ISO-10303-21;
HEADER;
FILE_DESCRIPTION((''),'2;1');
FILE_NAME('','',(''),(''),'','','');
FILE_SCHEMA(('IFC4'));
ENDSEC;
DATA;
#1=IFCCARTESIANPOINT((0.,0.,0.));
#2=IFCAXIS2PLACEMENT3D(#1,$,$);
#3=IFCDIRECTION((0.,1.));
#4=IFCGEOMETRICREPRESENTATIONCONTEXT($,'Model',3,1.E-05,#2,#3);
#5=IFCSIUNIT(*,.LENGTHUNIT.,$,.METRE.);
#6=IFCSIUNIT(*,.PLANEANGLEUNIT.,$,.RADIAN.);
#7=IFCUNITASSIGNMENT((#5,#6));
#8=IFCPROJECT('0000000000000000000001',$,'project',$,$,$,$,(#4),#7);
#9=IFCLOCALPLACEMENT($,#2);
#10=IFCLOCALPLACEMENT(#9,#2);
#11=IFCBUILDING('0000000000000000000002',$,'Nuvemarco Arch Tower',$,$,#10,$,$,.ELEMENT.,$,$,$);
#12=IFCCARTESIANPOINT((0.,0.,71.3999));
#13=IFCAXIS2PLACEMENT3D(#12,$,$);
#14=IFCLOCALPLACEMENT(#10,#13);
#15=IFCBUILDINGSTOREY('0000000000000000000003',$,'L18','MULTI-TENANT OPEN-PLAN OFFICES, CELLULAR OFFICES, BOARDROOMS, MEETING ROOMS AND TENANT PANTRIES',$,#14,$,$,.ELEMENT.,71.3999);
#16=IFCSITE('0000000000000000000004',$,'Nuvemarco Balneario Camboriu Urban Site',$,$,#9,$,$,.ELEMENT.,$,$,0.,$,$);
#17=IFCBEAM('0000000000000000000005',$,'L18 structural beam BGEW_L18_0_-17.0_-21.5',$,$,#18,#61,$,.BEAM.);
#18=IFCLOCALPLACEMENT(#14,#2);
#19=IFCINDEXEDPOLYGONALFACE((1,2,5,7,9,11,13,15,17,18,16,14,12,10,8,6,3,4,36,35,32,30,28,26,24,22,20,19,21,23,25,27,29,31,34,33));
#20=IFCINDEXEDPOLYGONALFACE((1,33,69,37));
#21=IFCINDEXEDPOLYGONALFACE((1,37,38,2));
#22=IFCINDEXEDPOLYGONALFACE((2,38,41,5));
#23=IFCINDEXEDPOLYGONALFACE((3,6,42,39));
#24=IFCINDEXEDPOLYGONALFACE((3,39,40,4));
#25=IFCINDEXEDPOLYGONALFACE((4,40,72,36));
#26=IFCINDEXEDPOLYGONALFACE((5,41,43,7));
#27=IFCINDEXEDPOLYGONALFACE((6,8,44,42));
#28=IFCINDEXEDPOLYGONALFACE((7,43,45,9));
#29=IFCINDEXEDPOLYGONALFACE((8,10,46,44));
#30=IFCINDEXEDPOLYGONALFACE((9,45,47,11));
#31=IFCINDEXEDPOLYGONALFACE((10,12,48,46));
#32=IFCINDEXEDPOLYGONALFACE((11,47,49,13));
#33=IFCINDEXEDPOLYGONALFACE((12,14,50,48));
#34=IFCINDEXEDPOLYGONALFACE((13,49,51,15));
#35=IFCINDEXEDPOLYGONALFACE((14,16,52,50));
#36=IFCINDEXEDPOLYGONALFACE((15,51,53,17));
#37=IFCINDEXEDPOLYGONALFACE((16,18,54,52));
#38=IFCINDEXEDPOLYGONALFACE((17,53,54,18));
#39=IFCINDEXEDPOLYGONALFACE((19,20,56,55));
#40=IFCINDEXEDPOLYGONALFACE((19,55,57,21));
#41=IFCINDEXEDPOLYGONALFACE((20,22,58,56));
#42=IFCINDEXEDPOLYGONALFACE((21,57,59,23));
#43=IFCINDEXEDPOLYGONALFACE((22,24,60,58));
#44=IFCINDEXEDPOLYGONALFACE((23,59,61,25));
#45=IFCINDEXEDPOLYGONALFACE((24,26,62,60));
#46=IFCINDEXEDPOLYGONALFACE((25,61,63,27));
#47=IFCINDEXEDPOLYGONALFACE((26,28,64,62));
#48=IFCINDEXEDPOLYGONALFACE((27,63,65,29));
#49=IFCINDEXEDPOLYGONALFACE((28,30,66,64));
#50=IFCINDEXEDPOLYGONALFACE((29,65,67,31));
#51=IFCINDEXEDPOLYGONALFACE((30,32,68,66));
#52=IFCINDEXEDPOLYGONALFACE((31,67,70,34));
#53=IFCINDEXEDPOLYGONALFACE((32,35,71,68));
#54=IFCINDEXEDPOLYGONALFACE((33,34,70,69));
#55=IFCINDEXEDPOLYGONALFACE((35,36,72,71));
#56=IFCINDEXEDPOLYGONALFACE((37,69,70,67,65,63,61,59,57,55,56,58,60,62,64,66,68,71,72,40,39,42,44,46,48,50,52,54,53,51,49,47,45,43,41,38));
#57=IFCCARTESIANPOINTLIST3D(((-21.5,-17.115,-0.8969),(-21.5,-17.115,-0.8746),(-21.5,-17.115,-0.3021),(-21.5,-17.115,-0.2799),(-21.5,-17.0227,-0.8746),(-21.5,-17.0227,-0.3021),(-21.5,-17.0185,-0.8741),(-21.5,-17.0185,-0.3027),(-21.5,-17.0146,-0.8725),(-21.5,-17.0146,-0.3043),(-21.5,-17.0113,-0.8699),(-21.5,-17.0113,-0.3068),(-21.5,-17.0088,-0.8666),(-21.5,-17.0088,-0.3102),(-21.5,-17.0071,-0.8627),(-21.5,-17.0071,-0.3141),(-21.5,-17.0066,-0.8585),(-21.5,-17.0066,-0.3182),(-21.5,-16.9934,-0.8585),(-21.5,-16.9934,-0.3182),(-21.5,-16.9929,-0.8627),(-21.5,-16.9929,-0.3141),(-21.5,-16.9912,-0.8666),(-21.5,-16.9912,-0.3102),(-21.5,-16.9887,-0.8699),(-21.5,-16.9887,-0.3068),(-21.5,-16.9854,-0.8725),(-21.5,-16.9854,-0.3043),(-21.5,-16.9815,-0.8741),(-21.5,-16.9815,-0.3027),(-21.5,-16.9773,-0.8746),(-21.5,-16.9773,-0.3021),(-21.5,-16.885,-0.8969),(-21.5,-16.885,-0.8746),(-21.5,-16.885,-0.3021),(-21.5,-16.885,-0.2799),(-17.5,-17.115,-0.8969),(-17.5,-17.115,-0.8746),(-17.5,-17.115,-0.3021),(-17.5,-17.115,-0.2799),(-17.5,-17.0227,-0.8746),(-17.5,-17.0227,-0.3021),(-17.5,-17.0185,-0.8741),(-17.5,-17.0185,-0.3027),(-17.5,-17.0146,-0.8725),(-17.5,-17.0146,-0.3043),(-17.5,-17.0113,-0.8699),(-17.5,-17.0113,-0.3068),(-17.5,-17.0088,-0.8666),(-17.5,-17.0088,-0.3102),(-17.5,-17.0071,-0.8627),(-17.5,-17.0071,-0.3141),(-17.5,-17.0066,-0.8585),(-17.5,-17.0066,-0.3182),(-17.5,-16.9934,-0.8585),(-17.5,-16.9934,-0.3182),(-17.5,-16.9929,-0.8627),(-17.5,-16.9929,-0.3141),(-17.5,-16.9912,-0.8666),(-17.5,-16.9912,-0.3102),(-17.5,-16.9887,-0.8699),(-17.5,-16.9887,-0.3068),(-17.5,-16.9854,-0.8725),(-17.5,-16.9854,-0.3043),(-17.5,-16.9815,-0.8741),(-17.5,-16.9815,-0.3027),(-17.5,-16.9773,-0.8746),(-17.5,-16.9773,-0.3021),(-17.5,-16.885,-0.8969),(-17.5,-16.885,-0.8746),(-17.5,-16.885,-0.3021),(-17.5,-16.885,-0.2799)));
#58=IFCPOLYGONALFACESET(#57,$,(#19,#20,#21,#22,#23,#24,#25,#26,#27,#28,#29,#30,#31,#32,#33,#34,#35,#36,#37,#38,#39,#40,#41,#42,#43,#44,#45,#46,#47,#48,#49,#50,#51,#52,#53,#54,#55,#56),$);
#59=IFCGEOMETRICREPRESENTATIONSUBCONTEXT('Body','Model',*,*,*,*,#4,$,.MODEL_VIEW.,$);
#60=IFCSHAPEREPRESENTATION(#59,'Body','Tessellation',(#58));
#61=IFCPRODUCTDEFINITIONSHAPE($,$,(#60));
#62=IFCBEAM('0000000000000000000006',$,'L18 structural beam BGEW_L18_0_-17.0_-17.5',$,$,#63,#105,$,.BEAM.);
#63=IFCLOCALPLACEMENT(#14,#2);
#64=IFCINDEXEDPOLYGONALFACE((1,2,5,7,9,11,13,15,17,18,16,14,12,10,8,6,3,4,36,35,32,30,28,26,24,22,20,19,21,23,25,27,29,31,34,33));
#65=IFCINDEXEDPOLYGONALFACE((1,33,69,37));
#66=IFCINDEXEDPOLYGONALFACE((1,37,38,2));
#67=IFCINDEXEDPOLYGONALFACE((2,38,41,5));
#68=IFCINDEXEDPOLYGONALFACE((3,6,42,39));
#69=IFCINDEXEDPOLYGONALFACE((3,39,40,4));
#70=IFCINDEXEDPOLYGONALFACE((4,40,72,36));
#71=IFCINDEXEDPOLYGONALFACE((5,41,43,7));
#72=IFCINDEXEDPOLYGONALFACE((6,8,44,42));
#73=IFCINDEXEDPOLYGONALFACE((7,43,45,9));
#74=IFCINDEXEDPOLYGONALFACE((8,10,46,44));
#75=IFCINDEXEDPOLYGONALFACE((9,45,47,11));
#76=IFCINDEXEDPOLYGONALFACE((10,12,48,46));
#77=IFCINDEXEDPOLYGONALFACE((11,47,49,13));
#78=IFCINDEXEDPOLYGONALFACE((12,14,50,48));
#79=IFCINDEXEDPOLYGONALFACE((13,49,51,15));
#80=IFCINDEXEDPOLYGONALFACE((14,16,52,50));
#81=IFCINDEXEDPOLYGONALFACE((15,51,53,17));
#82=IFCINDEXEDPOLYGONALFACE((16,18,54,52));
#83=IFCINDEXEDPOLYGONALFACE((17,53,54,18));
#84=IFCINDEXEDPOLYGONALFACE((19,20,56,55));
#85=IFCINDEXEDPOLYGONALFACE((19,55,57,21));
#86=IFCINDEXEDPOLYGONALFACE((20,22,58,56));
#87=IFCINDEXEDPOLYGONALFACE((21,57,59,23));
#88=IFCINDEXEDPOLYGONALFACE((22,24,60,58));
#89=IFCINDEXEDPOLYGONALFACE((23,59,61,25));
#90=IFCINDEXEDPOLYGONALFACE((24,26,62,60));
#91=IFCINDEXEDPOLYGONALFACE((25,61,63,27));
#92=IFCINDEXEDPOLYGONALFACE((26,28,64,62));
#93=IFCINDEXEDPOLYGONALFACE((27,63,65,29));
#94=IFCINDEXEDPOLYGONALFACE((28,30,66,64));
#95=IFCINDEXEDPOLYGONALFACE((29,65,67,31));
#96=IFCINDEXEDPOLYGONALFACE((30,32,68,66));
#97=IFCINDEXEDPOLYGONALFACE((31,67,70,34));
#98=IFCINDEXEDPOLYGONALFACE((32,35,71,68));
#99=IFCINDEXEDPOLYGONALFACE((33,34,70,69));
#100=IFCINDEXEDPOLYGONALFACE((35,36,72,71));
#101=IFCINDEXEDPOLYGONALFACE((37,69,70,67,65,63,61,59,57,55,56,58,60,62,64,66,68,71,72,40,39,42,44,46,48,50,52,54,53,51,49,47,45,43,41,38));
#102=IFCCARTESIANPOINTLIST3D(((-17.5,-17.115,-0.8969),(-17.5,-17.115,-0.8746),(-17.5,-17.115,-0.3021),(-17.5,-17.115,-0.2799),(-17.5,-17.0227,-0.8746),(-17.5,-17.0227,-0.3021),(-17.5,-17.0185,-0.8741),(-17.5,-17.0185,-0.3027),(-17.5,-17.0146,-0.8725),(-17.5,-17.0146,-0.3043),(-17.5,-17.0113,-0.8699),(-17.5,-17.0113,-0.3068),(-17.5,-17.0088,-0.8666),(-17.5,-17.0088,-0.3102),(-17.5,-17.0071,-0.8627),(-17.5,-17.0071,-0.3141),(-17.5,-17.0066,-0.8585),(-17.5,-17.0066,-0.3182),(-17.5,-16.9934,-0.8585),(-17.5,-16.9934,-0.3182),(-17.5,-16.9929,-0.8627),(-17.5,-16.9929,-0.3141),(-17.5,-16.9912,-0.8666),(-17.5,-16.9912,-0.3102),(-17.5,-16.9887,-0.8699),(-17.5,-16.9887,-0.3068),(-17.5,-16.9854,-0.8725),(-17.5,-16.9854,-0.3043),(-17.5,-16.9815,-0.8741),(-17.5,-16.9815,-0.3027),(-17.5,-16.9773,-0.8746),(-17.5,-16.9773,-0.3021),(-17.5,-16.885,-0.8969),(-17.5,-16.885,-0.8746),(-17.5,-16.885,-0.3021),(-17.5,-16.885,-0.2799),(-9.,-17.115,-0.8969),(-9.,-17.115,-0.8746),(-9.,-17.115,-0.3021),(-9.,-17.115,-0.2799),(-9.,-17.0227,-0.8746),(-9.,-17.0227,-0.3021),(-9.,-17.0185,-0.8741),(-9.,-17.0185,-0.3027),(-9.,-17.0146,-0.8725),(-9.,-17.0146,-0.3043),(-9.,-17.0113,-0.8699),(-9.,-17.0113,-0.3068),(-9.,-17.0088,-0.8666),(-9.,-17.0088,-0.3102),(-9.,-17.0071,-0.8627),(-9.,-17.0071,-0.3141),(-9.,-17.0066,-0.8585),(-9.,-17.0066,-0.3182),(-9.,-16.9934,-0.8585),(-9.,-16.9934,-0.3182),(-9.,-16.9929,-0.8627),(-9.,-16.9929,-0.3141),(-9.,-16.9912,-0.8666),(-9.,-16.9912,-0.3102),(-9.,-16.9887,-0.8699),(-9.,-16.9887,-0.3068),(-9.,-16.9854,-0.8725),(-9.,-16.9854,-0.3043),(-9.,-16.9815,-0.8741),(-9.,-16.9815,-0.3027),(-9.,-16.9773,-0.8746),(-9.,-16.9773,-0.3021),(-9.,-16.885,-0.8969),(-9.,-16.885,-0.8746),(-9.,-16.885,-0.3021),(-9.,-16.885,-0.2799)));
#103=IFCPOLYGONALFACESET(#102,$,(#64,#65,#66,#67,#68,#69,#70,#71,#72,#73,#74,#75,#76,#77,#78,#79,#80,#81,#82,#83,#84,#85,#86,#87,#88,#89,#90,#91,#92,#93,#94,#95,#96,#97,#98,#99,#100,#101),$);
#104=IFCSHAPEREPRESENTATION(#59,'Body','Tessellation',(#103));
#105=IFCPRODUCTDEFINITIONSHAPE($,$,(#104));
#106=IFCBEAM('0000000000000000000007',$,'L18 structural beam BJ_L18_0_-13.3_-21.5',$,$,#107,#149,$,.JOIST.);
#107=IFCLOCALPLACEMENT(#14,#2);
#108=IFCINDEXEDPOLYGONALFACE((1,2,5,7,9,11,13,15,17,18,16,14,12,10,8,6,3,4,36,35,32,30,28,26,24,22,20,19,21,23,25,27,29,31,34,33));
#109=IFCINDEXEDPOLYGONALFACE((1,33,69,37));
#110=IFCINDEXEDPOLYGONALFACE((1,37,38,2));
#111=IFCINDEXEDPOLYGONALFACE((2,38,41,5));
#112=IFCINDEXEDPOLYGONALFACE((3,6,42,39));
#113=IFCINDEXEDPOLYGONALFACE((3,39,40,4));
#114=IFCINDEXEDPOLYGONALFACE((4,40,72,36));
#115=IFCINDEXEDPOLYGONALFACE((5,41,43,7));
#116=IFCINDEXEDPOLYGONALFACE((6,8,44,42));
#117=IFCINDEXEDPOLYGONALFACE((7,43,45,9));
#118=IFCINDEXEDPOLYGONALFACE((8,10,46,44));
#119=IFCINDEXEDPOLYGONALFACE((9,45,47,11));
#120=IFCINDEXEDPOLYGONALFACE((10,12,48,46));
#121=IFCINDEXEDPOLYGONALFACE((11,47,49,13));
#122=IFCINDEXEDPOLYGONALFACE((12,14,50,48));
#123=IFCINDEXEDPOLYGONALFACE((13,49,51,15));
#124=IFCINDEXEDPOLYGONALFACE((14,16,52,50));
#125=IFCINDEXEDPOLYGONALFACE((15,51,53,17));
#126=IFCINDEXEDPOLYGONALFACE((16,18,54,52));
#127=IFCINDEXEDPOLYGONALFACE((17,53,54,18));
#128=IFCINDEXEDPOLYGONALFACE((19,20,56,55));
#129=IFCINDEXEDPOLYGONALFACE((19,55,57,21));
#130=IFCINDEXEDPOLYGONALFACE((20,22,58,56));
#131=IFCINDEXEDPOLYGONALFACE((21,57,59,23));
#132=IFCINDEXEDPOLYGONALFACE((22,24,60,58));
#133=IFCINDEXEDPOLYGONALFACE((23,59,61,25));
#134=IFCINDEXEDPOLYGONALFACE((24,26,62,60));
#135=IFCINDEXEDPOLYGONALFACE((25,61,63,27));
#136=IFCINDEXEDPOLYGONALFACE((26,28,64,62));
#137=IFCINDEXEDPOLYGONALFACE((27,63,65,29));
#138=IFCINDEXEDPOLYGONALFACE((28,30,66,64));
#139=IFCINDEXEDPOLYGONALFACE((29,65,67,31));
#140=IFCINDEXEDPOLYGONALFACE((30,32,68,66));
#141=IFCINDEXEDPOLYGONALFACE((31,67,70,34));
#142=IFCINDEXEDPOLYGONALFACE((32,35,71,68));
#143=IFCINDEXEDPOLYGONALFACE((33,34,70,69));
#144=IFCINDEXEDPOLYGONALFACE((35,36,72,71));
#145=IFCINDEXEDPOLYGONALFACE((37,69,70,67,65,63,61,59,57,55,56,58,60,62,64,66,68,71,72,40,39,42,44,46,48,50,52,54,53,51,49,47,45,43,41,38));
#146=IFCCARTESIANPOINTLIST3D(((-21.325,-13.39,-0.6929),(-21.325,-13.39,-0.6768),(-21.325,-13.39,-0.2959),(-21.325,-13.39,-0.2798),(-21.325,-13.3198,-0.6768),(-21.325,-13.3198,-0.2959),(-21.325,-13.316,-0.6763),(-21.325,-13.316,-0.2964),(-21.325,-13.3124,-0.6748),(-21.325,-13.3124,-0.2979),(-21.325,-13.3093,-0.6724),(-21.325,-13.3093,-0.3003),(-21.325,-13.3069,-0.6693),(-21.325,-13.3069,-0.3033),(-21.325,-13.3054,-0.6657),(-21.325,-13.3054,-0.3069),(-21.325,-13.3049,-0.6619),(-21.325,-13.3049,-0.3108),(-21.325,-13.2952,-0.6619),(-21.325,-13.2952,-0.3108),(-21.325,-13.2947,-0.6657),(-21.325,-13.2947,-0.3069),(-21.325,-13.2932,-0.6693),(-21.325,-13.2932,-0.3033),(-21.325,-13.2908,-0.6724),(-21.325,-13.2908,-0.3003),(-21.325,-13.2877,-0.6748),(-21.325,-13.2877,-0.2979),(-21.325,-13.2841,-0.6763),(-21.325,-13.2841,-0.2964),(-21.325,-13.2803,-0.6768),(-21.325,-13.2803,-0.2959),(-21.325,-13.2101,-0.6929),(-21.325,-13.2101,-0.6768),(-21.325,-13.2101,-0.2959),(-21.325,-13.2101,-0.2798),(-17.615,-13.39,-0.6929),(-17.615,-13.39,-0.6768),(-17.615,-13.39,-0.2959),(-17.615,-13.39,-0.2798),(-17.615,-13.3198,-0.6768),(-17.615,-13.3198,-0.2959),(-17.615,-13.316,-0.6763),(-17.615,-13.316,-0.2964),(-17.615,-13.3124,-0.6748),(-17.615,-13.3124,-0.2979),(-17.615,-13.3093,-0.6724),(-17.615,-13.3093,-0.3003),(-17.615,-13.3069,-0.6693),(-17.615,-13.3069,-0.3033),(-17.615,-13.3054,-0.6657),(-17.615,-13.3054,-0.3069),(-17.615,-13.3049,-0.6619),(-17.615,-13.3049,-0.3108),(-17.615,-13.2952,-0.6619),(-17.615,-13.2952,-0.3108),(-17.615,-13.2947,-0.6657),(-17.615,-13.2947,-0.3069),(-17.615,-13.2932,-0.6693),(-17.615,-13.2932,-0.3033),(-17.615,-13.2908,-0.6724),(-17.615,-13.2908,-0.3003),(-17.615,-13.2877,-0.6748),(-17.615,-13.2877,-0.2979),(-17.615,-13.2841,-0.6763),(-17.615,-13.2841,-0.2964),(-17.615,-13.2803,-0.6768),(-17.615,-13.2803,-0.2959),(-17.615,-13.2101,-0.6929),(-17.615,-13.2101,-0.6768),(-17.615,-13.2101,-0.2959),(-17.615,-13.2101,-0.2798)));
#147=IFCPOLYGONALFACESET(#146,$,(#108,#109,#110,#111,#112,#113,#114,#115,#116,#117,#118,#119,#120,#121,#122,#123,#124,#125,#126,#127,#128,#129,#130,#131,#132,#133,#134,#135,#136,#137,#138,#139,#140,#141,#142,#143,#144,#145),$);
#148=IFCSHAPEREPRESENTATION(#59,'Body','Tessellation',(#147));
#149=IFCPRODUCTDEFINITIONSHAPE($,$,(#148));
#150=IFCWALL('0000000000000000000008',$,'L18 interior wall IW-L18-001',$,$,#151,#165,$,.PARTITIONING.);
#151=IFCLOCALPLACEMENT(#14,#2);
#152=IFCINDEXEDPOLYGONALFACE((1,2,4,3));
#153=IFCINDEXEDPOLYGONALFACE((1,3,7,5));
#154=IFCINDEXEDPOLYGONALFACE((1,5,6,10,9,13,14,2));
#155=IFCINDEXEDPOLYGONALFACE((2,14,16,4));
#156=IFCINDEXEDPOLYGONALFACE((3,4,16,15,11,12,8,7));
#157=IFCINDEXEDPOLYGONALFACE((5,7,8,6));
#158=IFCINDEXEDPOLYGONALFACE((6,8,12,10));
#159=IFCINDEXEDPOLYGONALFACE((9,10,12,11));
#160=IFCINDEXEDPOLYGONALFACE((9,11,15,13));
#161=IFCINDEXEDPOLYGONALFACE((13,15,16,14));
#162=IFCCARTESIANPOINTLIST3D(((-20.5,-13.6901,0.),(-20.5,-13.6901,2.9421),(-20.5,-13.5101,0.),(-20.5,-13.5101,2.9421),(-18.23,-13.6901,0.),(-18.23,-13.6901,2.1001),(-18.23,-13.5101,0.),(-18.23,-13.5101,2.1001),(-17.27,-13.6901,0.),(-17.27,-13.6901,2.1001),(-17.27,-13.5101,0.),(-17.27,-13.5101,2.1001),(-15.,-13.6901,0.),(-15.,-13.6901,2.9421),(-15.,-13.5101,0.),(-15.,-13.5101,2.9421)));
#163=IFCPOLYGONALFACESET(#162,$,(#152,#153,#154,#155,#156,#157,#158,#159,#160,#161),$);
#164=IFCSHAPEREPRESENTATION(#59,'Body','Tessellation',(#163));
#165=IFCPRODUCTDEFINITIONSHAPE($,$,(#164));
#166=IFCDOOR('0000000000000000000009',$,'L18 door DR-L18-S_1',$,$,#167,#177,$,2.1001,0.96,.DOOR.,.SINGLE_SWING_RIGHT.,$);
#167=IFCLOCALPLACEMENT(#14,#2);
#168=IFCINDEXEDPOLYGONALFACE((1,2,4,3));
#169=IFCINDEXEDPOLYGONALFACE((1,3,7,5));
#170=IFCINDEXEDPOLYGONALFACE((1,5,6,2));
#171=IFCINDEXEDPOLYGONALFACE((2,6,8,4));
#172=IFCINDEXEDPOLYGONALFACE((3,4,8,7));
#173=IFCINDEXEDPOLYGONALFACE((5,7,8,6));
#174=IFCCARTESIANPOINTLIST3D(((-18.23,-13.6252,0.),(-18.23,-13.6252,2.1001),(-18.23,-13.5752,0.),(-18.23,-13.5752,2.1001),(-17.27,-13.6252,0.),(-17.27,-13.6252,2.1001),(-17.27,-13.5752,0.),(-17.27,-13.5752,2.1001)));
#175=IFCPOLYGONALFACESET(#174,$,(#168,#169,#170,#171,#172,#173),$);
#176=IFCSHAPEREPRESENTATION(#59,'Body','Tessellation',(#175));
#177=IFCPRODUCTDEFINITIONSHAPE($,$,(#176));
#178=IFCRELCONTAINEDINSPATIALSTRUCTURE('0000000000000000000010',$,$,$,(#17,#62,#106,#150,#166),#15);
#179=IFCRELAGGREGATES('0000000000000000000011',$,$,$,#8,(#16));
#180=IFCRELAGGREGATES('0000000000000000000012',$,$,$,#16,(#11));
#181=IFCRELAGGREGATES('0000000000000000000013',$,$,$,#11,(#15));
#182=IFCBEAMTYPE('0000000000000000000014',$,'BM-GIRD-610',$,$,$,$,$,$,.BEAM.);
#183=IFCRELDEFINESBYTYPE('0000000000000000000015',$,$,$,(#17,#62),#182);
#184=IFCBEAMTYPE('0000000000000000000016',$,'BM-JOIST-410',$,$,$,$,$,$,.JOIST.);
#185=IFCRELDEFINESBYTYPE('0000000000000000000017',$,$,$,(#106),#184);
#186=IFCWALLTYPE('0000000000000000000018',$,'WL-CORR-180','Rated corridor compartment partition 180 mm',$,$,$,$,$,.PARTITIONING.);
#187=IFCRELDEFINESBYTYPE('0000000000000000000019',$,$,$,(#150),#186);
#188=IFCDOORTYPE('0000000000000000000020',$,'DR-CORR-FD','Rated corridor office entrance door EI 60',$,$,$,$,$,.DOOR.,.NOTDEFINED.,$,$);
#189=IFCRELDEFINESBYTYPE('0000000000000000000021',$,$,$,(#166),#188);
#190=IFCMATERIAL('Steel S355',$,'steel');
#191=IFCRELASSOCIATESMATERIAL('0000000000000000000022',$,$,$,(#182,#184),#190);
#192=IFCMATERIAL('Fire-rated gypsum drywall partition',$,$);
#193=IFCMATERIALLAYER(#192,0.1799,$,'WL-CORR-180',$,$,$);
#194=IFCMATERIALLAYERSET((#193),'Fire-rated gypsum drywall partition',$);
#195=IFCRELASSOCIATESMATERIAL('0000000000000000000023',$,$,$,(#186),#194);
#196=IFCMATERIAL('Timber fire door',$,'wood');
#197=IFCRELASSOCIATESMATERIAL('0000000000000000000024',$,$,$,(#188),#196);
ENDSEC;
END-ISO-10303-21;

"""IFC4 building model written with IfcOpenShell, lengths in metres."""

from ifc_helpers import new_model, si_unit, direction, frame, frame_2d, origin, origin_2d, place, context, subcontext, project, spatial, rectangle, i_section, extrude, source, transform, mapped, material, layer, layer_set, material_profile, profile_set, type_object, type_shapes, element, fill, save


model = new_model("IFC4")

# Units and contexts
model_context = context("Model", 3, precision=1e-05, world=origin(), true_north=direction((0.0, 1.0)))
body_context = subcontext(model_context, "Body", "Model", "MODEL_VIEW")
ifc_project = project(units=[si_unit("LENGTHUNIT", "METRE"), si_unit("PLANEANGLEUNIT", "RADIAN")], contexts=[model_context])

# Site, building, storey
site_placement = place(None, origin())
site = spatial("IfcSite", under=ifc_project, at=site_placement, Name="Nuvemarco Balneario Camboriu Urban Site", CompositionType="ELEMENT", RefElevation=0.0)
building_placement = place(site_placement, origin())
building = spatial("IfcBuilding", under=site, at=building_placement, Name="Nuvemarco Arch Tower", CompositionType="ELEMENT")
storey_placement = place(building_placement, frame((0.0, 0.0, 71.3999)))
storey = spatial("IfcBuildingStorey", under=building, at=storey_placement, Name="L18", Description="MULTI-TENANT OPEN-PLAN OFFICES, CELLULAR OFFICES, BOARDROOMS, MEETING ROOMS AND TENANT PANTRIES", CompositionType="ELEMENT", Elevation=71.3999)

# Shared definitions
ifc_material_1 = material(Name="Steel S355", Category="steel")

# Beams
ifc_material_profile_1 = material_profile(ifc_material_1, i_section(OverallWidth=0.23, OverallDepth=0.6169, WebThickness=0.0132, FlangeThickness=0.0222, FilletRadius=0.0161, at=origin_2d()), Name="W610x140")
ifc_profile_set_1 = profile_set([ifc_material_profile_1], Name="Steel S355")
beam_type_1 = type_object("IfcBeamType", Name="BM-GIRD-610", PredefinedType="BEAM", material=ifc_profile_set_1)
beam_1_placement = place(storey_placement, frame((-21.5, -17.0, -0.5884), z_axis=(1.0, 0.0, 0.0), x_axis=(0.0, 1.0, 0.0)))
element("IfcBeam", 1, at=beam_1_placement, inside=storey, type_object=beam_type_1, Name="L18 structural beam BGEW_L18_0_-17.0_-21.5", PredefinedType="BEAM", context=body_context, shape_type="SweptSolid", body=[
    extrude(i_section(OverallWidth=0.23, OverallDepth=0.6169, WebThickness=0.0132, FlangeThickness=0.0222, FilletRadius=0.0161, at=origin_2d()), origin(), (0.0, 0.0, 1.0), 4.0),
])
beam_2_placement = place(storey_placement, frame((-17.5, -17.0, -0.5884), z_axis=(1.0, 0.0, 0.0), x_axis=(0.0, 1.0, 0.0)))
element("IfcBeam", 2, at=beam_2_placement, inside=storey, type_object=beam_type_1, Name="L18 structural beam BGEW_L18_0_-17.0_-17.5", PredefinedType="BEAM", context=body_context, shape_type="SweptSolid", body=[
    extrude(i_section(OverallWidth=0.23, OverallDepth=0.6169, WebThickness=0.0132, FlangeThickness=0.0222, FilletRadius=0.0161, at=origin_2d()), origin(), (0.0, 0.0, 1.0), 8.5),
])
ifc_material_profile_2 = material_profile(ifc_material_1, i_section(OverallWidth=0.1799, OverallDepth=0.4131, WebThickness=0.0098, FlangeThickness=0.0161, FilletRadius=0.0149, at=origin_2d()), Name="W410x75")
ifc_profile_set_2 = profile_set([ifc_material_profile_2], Name="Steel S355")
beam_type_2 = type_object("IfcBeamType", Name="BM-JOIST-410", PredefinedType="JOIST", material=ifc_profile_set_2)
beam_3_placement = place(storey_placement, frame((-21.325, -13.3, -0.4863), z_axis=(1.0, 0.0, 0.0), x_axis=(0.0, 1.0, 0.0)))
element("IfcBeam", 3, at=beam_3_placement, inside=storey, type_object=beam_type_2, Name="L18 structural beam BJ_L18_0_-13.3_-21.5", PredefinedType="JOIST", context=body_context, shape_type="SweptSolid", body=[
    extrude(i_section(OverallWidth=0.1799, OverallDepth=0.4131, WebThickness=0.0098, FlangeThickness=0.0161, FilletRadius=0.0149, at=origin_2d()), origin(), (0.0, 0.0, 1.0), 3.71),
])

# Wall, opening, door
ifc_material_2 = material(Name="Fire-rated gypsum drywall partition")
ifc_layer = layer(ifc_material_2, 0.1799, Name="WL-CORR-180")
ifc_layer_set = layer_set([ifc_layer], Name="Fire-rated gypsum drywall partition")
wall_type = type_object("IfcWallType", Name="WL-CORR-180", Description="Rated corridor compartment partition 180 mm", PredefinedType="PARTITIONING", material=ifc_layer_set)
wall_1_placement = place(storey_placement, frame((-20.5, -13.6001, 0.0), z_axis=(0.0, 0.0, 1.0), x_axis=(1.0, 0.0, 0.0)))
wall_1 = element("IfcWall", 4, at=wall_1_placement, inside=storey, type_object=wall_type, Name="L18 interior wall IW-L18-001", PredefinedType="PARTITIONING", context=body_context, shape_type="SweptSolid", body=[
    extrude(rectangle(XDim=5.5, YDim=0.1799, at=frame_2d((2.75, 0.0))), origin(), (0.0, 0.0, 1.0), 2.9421),
])
opening_1_placement = place(wall_1_placement, frame((2.27, 0.0, 0.0)))
opening_1 = element("IfcOpeningElement", 5, at=opening_1_placement, cuts=wall_1, PredefinedType="OPENING", context=body_context, shape_type="SweptSolid", body=[
    extrude(rectangle(XDim=0.96, YDim=2.1001, at=frame_2d((0.48, 1.05))), frame((0.0, 0.0999, 0.0), z_axis=(0.0, -1.0, 0.0), x_axis=(1.0, 0.0, 0.0)), (0.0, 0.0, 1.0), 0.2),
])
ifc_material_3 = material(Name="Timber fire door", Category="wood")
door_type = type_object("IfcDoorType", Name="DR-CORR-FD", Description="Rated corridor office entrance door EI 60", OperationType="NOTDEFINED", PredefinedType="DOOR", material=ifc_material_3)
shared_shape_1 = source(origin(), body_context, "Body", "SweptSolid", [
    extrude(rectangle(XDim=0.96, YDim=2.1001, at=frame_2d((0.48, 1.05))), frame((0.0, 0.0249, 0.0), z_axis=(0.0, -1.0, 0.0), x_axis=(1.0, 0.0, 0.0)), (0.0, 0.0, 1.0), 0.05),
])
type_shapes(door_type, [shared_shape_1])
door_1_placement = place(opening_1_placement, origin())
door_1 = element("IfcDoor", 6, at=door_1_placement, inside=storey, type_object=door_type, Name="L18 door DR-L18-S_1", OperationType="SINGLE_SWING_RIGHT", OverallHeight=2.1001, OverallWidth=0.96, PredefinedType="DOOR", context=body_context, shape_type="MappedRepresentation", body=[
    mapped(shared_shape_1, transform((0.0, 0.0, 0.0), scale=1.0)),
])
fill(opening_1, door_1)

save(model, "model.ifc")
